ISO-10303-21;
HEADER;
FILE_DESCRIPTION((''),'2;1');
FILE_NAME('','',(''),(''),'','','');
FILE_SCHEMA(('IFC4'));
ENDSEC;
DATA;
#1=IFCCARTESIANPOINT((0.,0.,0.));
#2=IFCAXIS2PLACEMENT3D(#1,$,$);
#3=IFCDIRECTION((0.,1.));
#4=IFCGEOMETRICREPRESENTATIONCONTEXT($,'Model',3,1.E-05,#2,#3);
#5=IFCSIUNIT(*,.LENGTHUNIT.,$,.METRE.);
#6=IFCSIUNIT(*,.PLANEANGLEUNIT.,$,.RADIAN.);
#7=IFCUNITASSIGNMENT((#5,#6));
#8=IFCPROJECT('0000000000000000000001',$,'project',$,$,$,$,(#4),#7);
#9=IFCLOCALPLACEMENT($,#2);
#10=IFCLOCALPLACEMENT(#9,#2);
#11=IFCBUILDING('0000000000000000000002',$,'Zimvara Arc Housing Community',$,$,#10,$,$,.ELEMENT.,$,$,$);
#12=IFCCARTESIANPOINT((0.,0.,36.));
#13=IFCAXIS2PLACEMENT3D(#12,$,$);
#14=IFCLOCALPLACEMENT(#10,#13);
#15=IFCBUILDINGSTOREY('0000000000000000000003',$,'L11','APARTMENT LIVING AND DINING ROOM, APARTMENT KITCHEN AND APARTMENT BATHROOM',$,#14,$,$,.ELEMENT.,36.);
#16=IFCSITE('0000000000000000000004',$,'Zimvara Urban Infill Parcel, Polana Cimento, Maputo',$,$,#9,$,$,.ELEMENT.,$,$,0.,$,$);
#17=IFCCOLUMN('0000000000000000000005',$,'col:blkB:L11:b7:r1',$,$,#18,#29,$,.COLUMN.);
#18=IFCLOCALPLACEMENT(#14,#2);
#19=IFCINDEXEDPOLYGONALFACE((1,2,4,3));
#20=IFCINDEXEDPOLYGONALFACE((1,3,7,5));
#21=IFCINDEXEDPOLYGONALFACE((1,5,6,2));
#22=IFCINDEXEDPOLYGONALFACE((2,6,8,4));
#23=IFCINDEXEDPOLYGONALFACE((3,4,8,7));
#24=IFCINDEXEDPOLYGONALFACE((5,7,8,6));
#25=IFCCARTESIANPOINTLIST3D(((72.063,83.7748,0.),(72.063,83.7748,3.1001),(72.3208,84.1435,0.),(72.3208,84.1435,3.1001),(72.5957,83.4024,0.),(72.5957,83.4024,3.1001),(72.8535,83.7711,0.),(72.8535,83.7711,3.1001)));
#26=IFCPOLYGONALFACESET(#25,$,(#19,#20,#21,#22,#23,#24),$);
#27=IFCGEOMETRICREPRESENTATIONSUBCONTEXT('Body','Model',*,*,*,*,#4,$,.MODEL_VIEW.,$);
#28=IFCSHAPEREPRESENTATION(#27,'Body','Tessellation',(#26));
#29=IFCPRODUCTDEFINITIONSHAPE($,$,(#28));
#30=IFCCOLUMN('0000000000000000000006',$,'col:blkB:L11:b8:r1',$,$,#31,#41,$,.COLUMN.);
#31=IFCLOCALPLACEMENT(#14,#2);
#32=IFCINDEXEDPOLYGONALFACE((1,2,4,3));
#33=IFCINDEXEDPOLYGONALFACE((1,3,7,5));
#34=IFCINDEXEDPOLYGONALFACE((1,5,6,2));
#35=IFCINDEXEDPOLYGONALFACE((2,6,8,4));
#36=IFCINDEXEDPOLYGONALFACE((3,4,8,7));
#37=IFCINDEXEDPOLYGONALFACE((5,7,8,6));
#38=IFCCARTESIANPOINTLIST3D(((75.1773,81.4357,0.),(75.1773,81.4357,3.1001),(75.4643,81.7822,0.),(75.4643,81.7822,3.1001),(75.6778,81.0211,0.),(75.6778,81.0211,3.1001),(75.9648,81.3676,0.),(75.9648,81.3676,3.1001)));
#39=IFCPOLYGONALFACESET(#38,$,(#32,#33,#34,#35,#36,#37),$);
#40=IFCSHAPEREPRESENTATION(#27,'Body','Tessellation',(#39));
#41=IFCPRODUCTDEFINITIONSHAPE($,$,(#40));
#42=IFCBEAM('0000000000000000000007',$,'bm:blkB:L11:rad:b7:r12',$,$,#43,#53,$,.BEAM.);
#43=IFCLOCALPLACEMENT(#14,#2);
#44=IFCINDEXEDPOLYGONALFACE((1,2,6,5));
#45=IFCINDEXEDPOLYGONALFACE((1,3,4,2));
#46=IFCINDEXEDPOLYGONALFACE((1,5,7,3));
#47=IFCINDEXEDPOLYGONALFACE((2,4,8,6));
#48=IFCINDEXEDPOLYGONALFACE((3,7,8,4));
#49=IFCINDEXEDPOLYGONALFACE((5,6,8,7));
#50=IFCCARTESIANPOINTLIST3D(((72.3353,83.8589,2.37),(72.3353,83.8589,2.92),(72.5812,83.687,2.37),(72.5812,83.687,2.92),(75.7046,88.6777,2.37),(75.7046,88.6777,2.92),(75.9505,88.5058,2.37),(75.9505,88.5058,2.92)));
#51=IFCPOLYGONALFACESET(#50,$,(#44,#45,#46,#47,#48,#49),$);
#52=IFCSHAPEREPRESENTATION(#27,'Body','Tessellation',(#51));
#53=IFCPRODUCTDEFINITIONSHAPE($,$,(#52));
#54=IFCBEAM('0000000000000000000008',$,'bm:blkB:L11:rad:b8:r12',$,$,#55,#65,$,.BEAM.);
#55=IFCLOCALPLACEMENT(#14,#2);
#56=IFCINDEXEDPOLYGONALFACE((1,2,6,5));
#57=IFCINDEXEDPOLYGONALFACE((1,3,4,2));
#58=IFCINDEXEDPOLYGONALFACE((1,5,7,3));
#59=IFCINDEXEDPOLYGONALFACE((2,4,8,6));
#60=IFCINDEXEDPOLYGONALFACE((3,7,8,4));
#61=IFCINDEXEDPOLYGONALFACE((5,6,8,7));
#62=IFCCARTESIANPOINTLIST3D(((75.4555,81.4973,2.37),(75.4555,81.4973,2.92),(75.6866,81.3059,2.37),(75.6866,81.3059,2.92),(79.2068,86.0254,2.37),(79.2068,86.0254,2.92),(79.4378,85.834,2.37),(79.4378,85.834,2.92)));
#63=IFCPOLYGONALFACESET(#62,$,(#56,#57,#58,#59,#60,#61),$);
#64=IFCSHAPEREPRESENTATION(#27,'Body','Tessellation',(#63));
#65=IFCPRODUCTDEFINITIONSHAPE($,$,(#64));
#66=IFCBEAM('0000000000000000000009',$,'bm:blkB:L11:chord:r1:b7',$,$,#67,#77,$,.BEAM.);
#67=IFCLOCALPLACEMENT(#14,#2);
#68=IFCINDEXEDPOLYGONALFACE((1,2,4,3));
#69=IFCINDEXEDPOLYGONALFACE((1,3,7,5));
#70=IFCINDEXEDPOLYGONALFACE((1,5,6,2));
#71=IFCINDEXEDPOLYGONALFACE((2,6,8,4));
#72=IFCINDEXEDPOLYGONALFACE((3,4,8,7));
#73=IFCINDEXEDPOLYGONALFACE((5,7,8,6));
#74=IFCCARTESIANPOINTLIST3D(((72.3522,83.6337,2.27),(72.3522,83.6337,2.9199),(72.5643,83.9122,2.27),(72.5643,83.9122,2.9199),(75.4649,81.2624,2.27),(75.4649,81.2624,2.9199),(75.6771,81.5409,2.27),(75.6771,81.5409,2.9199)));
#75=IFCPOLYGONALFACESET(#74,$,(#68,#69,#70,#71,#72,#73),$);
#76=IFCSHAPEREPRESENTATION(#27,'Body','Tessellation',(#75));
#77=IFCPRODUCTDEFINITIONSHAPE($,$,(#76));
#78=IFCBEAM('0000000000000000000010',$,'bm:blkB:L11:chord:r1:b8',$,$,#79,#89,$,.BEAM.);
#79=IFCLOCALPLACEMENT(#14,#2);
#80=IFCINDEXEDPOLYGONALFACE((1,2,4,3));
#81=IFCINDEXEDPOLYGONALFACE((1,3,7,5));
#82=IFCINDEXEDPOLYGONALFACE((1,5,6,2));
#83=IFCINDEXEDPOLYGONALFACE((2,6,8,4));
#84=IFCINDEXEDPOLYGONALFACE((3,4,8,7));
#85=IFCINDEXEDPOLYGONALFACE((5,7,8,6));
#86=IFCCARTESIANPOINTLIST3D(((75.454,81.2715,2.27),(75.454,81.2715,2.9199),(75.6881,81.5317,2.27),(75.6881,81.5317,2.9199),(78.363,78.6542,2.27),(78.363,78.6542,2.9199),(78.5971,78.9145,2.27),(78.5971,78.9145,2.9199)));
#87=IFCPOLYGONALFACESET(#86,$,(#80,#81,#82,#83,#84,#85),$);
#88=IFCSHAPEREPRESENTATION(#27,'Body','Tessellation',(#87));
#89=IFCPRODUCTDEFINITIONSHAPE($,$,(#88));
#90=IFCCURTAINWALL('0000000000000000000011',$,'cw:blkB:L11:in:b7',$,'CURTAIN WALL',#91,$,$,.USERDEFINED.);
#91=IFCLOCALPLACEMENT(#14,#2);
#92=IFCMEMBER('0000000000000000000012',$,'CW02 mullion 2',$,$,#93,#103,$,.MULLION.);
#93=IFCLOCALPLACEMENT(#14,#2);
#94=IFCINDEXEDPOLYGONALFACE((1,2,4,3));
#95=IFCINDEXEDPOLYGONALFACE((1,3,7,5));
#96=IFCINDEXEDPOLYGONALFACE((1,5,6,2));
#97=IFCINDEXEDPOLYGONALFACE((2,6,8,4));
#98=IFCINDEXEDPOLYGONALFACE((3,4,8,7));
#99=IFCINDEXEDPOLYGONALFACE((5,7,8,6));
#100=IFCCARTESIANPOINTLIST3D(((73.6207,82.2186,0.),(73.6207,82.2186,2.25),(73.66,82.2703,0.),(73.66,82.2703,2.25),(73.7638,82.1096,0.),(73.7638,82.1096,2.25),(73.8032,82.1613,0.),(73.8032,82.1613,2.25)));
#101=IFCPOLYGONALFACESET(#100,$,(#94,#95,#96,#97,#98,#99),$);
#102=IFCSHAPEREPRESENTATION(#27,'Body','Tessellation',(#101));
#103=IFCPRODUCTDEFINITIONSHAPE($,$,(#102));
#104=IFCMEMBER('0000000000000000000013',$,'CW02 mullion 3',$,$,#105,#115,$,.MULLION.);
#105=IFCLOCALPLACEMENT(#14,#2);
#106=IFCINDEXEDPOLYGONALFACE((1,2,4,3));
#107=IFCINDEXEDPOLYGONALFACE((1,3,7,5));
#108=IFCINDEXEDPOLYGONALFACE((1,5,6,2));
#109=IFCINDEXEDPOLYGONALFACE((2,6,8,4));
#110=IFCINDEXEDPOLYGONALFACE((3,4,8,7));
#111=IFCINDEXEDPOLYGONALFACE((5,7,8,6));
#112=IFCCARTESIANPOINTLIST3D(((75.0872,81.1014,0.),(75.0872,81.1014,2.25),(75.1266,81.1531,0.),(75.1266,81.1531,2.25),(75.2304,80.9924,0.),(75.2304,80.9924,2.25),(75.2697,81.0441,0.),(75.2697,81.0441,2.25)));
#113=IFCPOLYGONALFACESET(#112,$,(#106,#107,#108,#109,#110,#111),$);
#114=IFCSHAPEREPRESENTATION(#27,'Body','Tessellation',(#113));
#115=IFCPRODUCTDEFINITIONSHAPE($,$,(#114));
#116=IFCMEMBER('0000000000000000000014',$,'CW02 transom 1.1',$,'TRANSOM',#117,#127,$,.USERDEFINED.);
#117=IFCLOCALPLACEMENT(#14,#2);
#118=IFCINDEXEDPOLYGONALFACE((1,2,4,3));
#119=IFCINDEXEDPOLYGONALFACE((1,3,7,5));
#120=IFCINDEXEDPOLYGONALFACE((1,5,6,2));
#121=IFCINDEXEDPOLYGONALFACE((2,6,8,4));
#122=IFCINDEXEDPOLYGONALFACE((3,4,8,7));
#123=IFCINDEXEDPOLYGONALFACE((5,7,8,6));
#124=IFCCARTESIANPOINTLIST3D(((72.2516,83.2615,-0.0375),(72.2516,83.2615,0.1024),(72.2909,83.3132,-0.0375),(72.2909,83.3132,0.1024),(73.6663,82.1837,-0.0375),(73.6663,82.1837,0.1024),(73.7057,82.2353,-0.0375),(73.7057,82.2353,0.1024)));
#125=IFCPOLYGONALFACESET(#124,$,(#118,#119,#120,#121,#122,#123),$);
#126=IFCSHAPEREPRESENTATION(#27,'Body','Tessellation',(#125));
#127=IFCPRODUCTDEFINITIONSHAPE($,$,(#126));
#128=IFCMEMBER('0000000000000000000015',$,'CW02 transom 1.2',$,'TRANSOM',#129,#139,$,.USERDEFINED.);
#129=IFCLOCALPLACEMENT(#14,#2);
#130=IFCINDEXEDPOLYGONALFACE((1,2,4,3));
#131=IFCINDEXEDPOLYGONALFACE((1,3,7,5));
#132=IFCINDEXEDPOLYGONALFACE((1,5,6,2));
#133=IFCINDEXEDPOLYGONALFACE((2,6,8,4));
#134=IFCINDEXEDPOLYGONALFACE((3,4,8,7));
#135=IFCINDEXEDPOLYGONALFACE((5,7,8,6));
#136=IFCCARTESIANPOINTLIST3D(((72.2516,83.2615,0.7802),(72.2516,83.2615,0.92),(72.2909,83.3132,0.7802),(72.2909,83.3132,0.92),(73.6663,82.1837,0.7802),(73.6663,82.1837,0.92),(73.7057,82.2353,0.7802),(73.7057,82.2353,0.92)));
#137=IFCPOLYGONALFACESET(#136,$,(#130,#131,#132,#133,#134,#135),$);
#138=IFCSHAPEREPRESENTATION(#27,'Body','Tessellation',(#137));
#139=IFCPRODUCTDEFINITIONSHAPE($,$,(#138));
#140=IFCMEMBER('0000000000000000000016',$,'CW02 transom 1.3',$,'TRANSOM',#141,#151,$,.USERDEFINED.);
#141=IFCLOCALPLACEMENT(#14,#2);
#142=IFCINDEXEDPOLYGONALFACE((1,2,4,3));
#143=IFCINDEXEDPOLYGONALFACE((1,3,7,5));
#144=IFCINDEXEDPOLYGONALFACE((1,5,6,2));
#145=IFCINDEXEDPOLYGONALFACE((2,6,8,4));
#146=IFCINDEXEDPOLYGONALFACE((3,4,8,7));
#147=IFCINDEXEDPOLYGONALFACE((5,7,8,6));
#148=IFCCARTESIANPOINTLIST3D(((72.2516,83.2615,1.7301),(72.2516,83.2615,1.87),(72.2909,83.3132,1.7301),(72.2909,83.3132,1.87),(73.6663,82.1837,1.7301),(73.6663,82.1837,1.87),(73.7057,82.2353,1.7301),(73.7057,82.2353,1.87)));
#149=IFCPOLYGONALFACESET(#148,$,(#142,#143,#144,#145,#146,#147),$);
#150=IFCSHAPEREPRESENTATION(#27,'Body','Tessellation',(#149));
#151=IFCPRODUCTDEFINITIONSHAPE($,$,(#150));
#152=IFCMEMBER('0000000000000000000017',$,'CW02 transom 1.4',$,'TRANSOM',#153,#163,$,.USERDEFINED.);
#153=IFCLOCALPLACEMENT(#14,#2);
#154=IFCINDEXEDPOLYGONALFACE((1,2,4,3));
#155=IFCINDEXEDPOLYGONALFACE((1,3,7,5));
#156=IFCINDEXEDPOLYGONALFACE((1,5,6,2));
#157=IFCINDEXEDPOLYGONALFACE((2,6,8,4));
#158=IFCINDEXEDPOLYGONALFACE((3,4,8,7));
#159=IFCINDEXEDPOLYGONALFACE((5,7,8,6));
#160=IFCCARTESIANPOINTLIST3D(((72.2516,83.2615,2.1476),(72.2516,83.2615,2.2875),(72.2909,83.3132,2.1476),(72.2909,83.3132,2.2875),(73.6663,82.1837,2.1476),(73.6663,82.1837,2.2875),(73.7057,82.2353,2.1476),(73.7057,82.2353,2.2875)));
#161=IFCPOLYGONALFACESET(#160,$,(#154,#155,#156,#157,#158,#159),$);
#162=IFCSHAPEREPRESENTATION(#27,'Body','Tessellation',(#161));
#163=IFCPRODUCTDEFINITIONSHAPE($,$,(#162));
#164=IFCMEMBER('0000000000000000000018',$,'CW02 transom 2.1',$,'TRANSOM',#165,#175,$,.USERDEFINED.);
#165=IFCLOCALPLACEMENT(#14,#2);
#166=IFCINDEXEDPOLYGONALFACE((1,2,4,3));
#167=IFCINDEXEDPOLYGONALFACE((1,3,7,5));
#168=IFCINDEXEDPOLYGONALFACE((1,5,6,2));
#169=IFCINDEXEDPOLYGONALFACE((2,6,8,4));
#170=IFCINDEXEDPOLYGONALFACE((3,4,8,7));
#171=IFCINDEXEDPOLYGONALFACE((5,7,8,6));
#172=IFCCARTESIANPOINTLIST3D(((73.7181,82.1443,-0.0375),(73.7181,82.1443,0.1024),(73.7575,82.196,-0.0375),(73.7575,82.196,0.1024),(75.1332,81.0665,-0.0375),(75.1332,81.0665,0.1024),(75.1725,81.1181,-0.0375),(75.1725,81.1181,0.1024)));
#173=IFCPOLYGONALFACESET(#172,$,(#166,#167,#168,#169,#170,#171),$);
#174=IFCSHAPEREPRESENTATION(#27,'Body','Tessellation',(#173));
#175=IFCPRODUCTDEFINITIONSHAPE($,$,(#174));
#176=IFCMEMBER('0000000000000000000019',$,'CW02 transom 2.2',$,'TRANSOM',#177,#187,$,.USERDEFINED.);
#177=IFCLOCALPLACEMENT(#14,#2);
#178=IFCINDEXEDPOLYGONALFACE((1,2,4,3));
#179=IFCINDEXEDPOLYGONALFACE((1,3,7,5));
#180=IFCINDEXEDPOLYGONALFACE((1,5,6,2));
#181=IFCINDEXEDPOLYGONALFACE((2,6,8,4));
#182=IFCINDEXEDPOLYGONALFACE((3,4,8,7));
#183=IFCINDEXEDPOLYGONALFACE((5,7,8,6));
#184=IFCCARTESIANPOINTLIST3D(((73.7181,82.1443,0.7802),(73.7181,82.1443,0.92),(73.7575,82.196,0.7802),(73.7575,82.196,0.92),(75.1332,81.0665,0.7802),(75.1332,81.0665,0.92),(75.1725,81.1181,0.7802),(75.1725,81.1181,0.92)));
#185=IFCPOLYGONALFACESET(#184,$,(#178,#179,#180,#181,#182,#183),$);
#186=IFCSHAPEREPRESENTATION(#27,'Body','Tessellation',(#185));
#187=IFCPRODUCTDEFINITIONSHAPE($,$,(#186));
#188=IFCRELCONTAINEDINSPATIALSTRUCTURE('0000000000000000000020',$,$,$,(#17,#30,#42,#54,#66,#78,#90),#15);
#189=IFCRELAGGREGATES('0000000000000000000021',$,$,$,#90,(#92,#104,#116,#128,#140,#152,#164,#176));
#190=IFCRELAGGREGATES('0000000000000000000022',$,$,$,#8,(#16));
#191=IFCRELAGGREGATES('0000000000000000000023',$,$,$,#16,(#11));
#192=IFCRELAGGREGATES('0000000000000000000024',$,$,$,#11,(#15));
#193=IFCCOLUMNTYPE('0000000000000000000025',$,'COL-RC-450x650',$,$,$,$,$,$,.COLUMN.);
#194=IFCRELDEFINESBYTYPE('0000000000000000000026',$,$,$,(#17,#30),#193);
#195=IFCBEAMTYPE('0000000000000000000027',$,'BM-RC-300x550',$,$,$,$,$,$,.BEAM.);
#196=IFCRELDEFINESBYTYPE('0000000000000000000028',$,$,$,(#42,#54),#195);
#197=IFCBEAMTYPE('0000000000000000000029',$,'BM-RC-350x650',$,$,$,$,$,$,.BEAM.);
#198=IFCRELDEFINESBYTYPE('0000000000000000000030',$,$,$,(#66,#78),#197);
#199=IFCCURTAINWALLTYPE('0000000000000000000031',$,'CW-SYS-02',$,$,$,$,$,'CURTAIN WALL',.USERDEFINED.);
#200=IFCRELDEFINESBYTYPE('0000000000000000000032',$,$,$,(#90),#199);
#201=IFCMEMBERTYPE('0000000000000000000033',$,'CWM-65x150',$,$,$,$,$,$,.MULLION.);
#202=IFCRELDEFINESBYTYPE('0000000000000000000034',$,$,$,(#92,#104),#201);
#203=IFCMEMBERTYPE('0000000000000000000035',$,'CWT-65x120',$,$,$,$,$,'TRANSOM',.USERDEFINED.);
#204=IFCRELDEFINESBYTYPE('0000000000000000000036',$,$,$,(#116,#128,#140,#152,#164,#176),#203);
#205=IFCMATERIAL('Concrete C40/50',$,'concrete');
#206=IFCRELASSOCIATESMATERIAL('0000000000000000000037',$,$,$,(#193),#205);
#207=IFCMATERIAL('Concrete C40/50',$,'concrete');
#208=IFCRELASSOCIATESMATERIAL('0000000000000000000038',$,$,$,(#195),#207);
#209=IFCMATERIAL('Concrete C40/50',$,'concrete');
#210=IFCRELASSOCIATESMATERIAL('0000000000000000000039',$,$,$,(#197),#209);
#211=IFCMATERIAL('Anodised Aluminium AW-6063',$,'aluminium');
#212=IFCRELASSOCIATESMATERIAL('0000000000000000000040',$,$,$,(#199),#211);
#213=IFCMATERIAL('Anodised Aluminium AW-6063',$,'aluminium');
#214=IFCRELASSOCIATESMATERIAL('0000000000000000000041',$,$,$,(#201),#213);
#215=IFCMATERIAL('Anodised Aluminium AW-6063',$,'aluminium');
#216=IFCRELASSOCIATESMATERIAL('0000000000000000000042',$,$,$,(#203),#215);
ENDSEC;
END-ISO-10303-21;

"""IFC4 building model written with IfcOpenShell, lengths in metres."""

from ifc_helpers import new_model, si_unit, direction, frame, origin, origin_2d, place, context, subcontext, project, spatial, rectangle, extrude, material, material_profile, profile_set, type_object, element, aggregate, save


model = new_model("IFC4")

# Units and contexts
model_context = context("Model", 3, precision=1e-05, world=origin(), true_north=direction((0.0, 1.0)))
body_context = subcontext(model_context, "Body", "Model", "MODEL_VIEW")
ifc_project = project(units=[si_unit("LENGTHUNIT", "METRE"), si_unit("PLANEANGLEUNIT", "RADIAN")], contexts=[model_context])

# Site, building, storey
site_placement = place(None, origin())
site = spatial("IfcSite", under=ifc_project, at=site_placement, Name="Zimvara Urban Infill Parcel, Polana Cimento, Maputo", CompositionType="ELEMENT", RefElevation=0.0)
building_placement = place(site_placement, origin())
building = spatial("IfcBuilding", under=site, at=building_placement, Name="Zimvara Arc Housing Community", CompositionType="ELEMENT")
storey_placement = place(building_placement, frame((0.0, 0.0, 36.0)))
storey = spatial("IfcBuildingStorey", under=building, at=storey_placement, Name="L11", Description="APARTMENT LIVING AND DINING ROOM, APARTMENT KITCHEN AND APARTMENT BATHROOM", CompositionType="ELEMENT", Elevation=36.0)

# Columns
ifc_material_1 = material(Name="Concrete C40/50", Category="concrete")
ifc_material_profile_1 = material_profile(ifc_material_1, rectangle(XDim=0.45, YDim=0.6499, at=origin_2d()), Name="RC 450x650")
ifc_profile_set_1 = profile_set([ifc_material_profile_1], Name="Concrete C40/50")
column_type = type_object("IfcColumnType", Name="COL-RC-450x650", PredefinedType="COLUMN", material=ifc_profile_set_1)
for number, where, z_axis, x_axis, name in (
    (1, (72.4583, 83.7729, 0.0), (0.0, 0.0, 1.0), (0.573004, 0.819552, 0.0), "col:blkB:L11:b7:r1"),
    (2, (75.571, 81.4016, 0.0), (0.0, 0.0, 1.0), (0.637962, 0.770068, 0.0), "col:blkB:L11:b8:r1"),
):
    element("IfcColumn", number, at=place(storey_placement, frame(where, z_axis=z_axis, x_axis=x_axis)), inside=storey, type_object=column_type, Name=name, PredefinedType="COLUMN", context=body_context, shape_type="SweptSolid", body=[
        extrude(rectangle(XDim=0.45, YDim=0.6499, at=origin_2d()), origin(), (0.0, 0.0, 1.0), 3.1001),
    ])

# Beams
ifc_material_2 = material(Name="Concrete C40/50", Category="concrete")
ifc_material_profile_2 = material_profile(ifc_material_2, rectangle(XDim=0.3, YDim=0.55, at=origin_2d()), Name="RC 300x550")
ifc_profile_set_2 = profile_set([ifc_material_profile_2], Name="Concrete C40/50")
beam_type_1 = type_object("IfcBeamType", Name="BM-RC-300x550", PredefinedType="BEAM", material=ifc_profile_set_2)
beam_1_placement = place(storey_placement, frame((72.4583, 83.7729, 2.645), z_axis=(0.573028, 0.819536, 0.0), x_axis=(-0.819536, 0.573028, 0.0)))
element("IfcBeam", 3, at=beam_1_placement, inside=storey, type_object=beam_type_1, Name="bm:blkB:L11:rad:b7:r12", PredefinedType="BEAM", context=body_context, shape_type="SweptSolid", body=[
    extrude(rectangle(XDim=0.3, YDim=0.55, at=origin_2d()), origin(), (0.0, 0.0, 1.0), 5.8799),
])
beam_2_placement = place(storey_placement, frame((75.571, 81.4016, 2.645), z_axis=(0.637956, 0.770073, 0.0), x_axis=(-0.770073, 0.637956, 0.0)))
element("IfcBeam", 4, at=beam_2_placement, inside=storey, type_object=beam_type_1, Name="bm:blkB:L11:rad:b8:r12", PredefinedType="BEAM", context=body_context, shape_type="SweptSolid", body=[
    extrude(rectangle(XDim=0.3, YDim=0.55, at=origin_2d()), origin(), (0.0, 0.0, 1.0), 5.8801),
])
ifc_material_3 = material(Name="Concrete C40/50", Category="concrete")
ifc_material_profile_3 = material_profile(ifc_material_3, rectangle(XDim=0.3501, YDim=0.6499, at=origin_2d()), Name="RC 350x650")
ifc_profile_set_3 = profile_set([ifc_material_profile_3], Name="Concrete C40/50")
beam_type_2 = type_object("IfcBeamType", Name="BM-RC-350x650", PredefinedType="BEAM", material=ifc_profile_set_3)
for number, where, z_axis, x_axis, name in (
    (5, (72.4583, 83.7729, 2.595), (0.79547, -0.605992, 0.0), (0.605992, 0.79547, 0.0), "bm:blkB:L11:chord:r1:b7"),
    (6, (75.571, 81.4016, 2.595), (0.743403, -0.668844, 0.0), (0.668844, 0.743403, 0.0), "bm:blkB:L11:chord:r1:b8"),
):
    element("IfcBeam", number, at=place(storey_placement, frame(where, z_axis=z_axis, x_axis=x_axis)), inside=storey, type_object=beam_type_2, Name=name, PredefinedType="BEAM", context=body_context, shape_type="SweptSolid", body=[
        extrude(rectangle(XDim=0.3501, YDim=0.6499, at=origin_2d()), origin(), (0.0, 0.0, 1.0), 3.9131),
    ])

# Curtain wall, members
ifc_material_4 = material(Name="Anodised Aluminium AW-6063", Category="aluminium")
curtain_wall_type = type_object("IfcCurtainWallType", Name="CW-SYS-02", ElementType="CURTAIN WALL", PredefinedType="USERDEFINED", material=ifc_material_4)
curtain_wall_placement = place(storey_placement, origin())
curtain_wall = element("IfcCurtainWall", 7, at=curtain_wall_placement, inside=storey, type_object=curtain_wall_type, Name="cw:blkB:L11:in:b7", ObjectType="CURTAIN WALL", PredefinedType="USERDEFINED")
ifc_material_5 = material(Name="Anodised Aluminium AW-6063", Category="aluminium")
ifc_material_profile_4 = material_profile(ifc_material_5, rectangle(XDim=0.0649, YDim=0.1799, at=origin_2d()), Name="ALU 65x180")
ifc_profile_set_4 = profile_set([ifc_material_profile_4], Name="Anodised Aluminium AW-6063")
member_type_1 = type_object("IfcMemberType", Name="CWM-65x150", PredefinedType="MULLION", material=ifc_profile_set_4)
member_1_placement = place(storey_placement, frame((73.7119, 82.1899, 0.0), z_axis=(0.0, 0.0, 1.0), x_axis=(0.605988, 0.795474, 0.0)))
member_1 = element("IfcMember", 8, at=member_1_placement, type_object=member_type_1, Name="CW02 mullion 2", PredefinedType="MULLION", context=body_context, shape_type="SweptSolid", body=[
    extrude(rectangle(XDim=0.0649, YDim=0.1799, at=origin_2d()), origin(), (0.0, 0.0, 1.0), 2.25),
])
member_2_placement = place(storey_placement, frame((75.1785, 81.0728, 0.0), z_axis=(0.0, 0.0, 1.0), x_axis=(0.605988, 0.795474, 0.0)))
member_2 = element("IfcMember", 9, at=member_2_placement, type_object=member_type_1, Name="CW02 mullion 3", PredefinedType="MULLION", context=body_context, shape_type="SweptSolid", body=[
    extrude(rectangle(XDim=0.0649, YDim=0.1799, at=origin_2d()), origin(), (0.0, 0.0, 1.0), 2.25),
])
ifc_material_6 = material(Name="Anodised Aluminium AW-6063", Category="aluminium")
ifc_material_profile_5 = material_profile(ifc_material_6, rectangle(XDim=0.0649, YDim=0.1399, at=origin_2d()), Name="ALU 65x140")
ifc_profile_set_5 = profile_set([ifc_material_profile_5], Name="Anodised Aluminium AW-6063")
member_type_2 = type_object("IfcMemberType", Name="CWT-65x120", ElementType="TRANSOM", PredefinedType="USERDEFINED", material=ifc_profile_set_5)
member_3_placement = place(storey_placement, frame((72.2712, 83.2874, 0.0325), z_axis=(0.795447, -0.606023, 0.0), x_axis=(0.606023, 0.795447, 0.0)))
member_3 = element("IfcMember", 10, at=member_3_placement, type_object=member_type_2, Name="CW02 transom 1.1", ObjectType="TRANSOM", PredefinedType="USERDEFINED", context=body_context, shape_type="SweptSolid", body=[
    extrude(rectangle(XDim=0.0649, YDim=0.1399, at=origin_2d()), origin(), (0.0, 0.0, 1.0), 1.7786),
])
member_4_placement = place(storey_placement, frame((72.2712, 83.2874, 0.8501), z_axis=(0.795447, -0.606023, 0.0), x_axis=(0.606023, 0.795447, 0.0)))
member_4 = element("IfcMember", 11, at=member_4_placement, type_object=member_type_2, Name="CW02 transom 1.2", ObjectType="TRANSOM", PredefinedType="USERDEFINED", context=body_context, shape_type="SweptSolid", body=[
    extrude(rectangle(XDim=0.0649, YDim=0.1399, at=origin_2d()), origin(), (0.0, 0.0, 1.0), 1.7786),
])
member_5_placement = place(storey_placement, frame((72.2712, 83.2874, 1.8), z_axis=(0.795447, -0.606023, 0.0), x_axis=(0.606023, 0.795447, 0.0)))
member_5 = element("IfcMember", 12, at=member_5_placement, type_object=member_type_2, Name="CW02 transom 1.3", ObjectType="TRANSOM", PredefinedType="USERDEFINED", context=body_context, shape_type="SweptSolid", body=[
    extrude(rectangle(XDim=0.0649, YDim=0.1399, at=origin_2d()), origin(), (0.0, 0.0, 1.0), 1.7786),
])
member_6_placement = place(storey_placement, frame((72.2712, 83.2874, 2.2175), z_axis=(0.795447, -0.606023, 0.0), x_axis=(0.606023, 0.795447, 0.0)))
member_6 = element("IfcMember", 13, at=member_6_placement, type_object=member_type_2, Name="CW02 transom 1.4", ObjectType="TRANSOM", PredefinedType="USERDEFINED", context=body_context, shape_type="SweptSolid", body=[
    extrude(rectangle(XDim=0.0649, YDim=0.1399, at=origin_2d()), origin(), (0.0, 0.0, 1.0), 1.7786),
])
member_7_placement = place(storey_placement, frame((73.7378, 82.1702, 0.0325), z_axis=(0.795498, -0.605956, 0.0), x_axis=(0.605956, 0.795498, 0.0)))
member_7 = element("IfcMember", 14, at=member_7_placement, type_object=member_type_2, Name="CW02 transom 2.1", ObjectType="TRANSOM", PredefinedType="USERDEFINED", context=body_context, shape_type="SweptSolid", body=[
    extrude(rectangle(XDim=0.0649, YDim=0.1399, at=origin_2d()), origin(), (0.0, 0.0, 1.0), 1.7788),
])
member_8_placement = place(storey_placement, frame((73.7378, 82.1702, 0.8501), z_axis=(0.795498, -0.605956, 0.0), x_axis=(0.605956, 0.795498, 0.0)))
member_8 = element("IfcMember", 15, at=member_8_placement, type_object=member_type_2, Name="CW02 transom 2.2", ObjectType="TRANSOM", PredefinedType="USERDEFINED", context=body_context, shape_type="SweptSolid", body=[
    extrude(rectangle(XDim=0.0649, YDim=0.1399, at=origin_2d()), origin(), (0.0, 0.0, 1.0), 1.7788),
])
aggregate(curtain_wall, [member_1, member_2, member_3, member_4, member_5, member_6, member_7, member_8])

save(model, "model.ifc")
